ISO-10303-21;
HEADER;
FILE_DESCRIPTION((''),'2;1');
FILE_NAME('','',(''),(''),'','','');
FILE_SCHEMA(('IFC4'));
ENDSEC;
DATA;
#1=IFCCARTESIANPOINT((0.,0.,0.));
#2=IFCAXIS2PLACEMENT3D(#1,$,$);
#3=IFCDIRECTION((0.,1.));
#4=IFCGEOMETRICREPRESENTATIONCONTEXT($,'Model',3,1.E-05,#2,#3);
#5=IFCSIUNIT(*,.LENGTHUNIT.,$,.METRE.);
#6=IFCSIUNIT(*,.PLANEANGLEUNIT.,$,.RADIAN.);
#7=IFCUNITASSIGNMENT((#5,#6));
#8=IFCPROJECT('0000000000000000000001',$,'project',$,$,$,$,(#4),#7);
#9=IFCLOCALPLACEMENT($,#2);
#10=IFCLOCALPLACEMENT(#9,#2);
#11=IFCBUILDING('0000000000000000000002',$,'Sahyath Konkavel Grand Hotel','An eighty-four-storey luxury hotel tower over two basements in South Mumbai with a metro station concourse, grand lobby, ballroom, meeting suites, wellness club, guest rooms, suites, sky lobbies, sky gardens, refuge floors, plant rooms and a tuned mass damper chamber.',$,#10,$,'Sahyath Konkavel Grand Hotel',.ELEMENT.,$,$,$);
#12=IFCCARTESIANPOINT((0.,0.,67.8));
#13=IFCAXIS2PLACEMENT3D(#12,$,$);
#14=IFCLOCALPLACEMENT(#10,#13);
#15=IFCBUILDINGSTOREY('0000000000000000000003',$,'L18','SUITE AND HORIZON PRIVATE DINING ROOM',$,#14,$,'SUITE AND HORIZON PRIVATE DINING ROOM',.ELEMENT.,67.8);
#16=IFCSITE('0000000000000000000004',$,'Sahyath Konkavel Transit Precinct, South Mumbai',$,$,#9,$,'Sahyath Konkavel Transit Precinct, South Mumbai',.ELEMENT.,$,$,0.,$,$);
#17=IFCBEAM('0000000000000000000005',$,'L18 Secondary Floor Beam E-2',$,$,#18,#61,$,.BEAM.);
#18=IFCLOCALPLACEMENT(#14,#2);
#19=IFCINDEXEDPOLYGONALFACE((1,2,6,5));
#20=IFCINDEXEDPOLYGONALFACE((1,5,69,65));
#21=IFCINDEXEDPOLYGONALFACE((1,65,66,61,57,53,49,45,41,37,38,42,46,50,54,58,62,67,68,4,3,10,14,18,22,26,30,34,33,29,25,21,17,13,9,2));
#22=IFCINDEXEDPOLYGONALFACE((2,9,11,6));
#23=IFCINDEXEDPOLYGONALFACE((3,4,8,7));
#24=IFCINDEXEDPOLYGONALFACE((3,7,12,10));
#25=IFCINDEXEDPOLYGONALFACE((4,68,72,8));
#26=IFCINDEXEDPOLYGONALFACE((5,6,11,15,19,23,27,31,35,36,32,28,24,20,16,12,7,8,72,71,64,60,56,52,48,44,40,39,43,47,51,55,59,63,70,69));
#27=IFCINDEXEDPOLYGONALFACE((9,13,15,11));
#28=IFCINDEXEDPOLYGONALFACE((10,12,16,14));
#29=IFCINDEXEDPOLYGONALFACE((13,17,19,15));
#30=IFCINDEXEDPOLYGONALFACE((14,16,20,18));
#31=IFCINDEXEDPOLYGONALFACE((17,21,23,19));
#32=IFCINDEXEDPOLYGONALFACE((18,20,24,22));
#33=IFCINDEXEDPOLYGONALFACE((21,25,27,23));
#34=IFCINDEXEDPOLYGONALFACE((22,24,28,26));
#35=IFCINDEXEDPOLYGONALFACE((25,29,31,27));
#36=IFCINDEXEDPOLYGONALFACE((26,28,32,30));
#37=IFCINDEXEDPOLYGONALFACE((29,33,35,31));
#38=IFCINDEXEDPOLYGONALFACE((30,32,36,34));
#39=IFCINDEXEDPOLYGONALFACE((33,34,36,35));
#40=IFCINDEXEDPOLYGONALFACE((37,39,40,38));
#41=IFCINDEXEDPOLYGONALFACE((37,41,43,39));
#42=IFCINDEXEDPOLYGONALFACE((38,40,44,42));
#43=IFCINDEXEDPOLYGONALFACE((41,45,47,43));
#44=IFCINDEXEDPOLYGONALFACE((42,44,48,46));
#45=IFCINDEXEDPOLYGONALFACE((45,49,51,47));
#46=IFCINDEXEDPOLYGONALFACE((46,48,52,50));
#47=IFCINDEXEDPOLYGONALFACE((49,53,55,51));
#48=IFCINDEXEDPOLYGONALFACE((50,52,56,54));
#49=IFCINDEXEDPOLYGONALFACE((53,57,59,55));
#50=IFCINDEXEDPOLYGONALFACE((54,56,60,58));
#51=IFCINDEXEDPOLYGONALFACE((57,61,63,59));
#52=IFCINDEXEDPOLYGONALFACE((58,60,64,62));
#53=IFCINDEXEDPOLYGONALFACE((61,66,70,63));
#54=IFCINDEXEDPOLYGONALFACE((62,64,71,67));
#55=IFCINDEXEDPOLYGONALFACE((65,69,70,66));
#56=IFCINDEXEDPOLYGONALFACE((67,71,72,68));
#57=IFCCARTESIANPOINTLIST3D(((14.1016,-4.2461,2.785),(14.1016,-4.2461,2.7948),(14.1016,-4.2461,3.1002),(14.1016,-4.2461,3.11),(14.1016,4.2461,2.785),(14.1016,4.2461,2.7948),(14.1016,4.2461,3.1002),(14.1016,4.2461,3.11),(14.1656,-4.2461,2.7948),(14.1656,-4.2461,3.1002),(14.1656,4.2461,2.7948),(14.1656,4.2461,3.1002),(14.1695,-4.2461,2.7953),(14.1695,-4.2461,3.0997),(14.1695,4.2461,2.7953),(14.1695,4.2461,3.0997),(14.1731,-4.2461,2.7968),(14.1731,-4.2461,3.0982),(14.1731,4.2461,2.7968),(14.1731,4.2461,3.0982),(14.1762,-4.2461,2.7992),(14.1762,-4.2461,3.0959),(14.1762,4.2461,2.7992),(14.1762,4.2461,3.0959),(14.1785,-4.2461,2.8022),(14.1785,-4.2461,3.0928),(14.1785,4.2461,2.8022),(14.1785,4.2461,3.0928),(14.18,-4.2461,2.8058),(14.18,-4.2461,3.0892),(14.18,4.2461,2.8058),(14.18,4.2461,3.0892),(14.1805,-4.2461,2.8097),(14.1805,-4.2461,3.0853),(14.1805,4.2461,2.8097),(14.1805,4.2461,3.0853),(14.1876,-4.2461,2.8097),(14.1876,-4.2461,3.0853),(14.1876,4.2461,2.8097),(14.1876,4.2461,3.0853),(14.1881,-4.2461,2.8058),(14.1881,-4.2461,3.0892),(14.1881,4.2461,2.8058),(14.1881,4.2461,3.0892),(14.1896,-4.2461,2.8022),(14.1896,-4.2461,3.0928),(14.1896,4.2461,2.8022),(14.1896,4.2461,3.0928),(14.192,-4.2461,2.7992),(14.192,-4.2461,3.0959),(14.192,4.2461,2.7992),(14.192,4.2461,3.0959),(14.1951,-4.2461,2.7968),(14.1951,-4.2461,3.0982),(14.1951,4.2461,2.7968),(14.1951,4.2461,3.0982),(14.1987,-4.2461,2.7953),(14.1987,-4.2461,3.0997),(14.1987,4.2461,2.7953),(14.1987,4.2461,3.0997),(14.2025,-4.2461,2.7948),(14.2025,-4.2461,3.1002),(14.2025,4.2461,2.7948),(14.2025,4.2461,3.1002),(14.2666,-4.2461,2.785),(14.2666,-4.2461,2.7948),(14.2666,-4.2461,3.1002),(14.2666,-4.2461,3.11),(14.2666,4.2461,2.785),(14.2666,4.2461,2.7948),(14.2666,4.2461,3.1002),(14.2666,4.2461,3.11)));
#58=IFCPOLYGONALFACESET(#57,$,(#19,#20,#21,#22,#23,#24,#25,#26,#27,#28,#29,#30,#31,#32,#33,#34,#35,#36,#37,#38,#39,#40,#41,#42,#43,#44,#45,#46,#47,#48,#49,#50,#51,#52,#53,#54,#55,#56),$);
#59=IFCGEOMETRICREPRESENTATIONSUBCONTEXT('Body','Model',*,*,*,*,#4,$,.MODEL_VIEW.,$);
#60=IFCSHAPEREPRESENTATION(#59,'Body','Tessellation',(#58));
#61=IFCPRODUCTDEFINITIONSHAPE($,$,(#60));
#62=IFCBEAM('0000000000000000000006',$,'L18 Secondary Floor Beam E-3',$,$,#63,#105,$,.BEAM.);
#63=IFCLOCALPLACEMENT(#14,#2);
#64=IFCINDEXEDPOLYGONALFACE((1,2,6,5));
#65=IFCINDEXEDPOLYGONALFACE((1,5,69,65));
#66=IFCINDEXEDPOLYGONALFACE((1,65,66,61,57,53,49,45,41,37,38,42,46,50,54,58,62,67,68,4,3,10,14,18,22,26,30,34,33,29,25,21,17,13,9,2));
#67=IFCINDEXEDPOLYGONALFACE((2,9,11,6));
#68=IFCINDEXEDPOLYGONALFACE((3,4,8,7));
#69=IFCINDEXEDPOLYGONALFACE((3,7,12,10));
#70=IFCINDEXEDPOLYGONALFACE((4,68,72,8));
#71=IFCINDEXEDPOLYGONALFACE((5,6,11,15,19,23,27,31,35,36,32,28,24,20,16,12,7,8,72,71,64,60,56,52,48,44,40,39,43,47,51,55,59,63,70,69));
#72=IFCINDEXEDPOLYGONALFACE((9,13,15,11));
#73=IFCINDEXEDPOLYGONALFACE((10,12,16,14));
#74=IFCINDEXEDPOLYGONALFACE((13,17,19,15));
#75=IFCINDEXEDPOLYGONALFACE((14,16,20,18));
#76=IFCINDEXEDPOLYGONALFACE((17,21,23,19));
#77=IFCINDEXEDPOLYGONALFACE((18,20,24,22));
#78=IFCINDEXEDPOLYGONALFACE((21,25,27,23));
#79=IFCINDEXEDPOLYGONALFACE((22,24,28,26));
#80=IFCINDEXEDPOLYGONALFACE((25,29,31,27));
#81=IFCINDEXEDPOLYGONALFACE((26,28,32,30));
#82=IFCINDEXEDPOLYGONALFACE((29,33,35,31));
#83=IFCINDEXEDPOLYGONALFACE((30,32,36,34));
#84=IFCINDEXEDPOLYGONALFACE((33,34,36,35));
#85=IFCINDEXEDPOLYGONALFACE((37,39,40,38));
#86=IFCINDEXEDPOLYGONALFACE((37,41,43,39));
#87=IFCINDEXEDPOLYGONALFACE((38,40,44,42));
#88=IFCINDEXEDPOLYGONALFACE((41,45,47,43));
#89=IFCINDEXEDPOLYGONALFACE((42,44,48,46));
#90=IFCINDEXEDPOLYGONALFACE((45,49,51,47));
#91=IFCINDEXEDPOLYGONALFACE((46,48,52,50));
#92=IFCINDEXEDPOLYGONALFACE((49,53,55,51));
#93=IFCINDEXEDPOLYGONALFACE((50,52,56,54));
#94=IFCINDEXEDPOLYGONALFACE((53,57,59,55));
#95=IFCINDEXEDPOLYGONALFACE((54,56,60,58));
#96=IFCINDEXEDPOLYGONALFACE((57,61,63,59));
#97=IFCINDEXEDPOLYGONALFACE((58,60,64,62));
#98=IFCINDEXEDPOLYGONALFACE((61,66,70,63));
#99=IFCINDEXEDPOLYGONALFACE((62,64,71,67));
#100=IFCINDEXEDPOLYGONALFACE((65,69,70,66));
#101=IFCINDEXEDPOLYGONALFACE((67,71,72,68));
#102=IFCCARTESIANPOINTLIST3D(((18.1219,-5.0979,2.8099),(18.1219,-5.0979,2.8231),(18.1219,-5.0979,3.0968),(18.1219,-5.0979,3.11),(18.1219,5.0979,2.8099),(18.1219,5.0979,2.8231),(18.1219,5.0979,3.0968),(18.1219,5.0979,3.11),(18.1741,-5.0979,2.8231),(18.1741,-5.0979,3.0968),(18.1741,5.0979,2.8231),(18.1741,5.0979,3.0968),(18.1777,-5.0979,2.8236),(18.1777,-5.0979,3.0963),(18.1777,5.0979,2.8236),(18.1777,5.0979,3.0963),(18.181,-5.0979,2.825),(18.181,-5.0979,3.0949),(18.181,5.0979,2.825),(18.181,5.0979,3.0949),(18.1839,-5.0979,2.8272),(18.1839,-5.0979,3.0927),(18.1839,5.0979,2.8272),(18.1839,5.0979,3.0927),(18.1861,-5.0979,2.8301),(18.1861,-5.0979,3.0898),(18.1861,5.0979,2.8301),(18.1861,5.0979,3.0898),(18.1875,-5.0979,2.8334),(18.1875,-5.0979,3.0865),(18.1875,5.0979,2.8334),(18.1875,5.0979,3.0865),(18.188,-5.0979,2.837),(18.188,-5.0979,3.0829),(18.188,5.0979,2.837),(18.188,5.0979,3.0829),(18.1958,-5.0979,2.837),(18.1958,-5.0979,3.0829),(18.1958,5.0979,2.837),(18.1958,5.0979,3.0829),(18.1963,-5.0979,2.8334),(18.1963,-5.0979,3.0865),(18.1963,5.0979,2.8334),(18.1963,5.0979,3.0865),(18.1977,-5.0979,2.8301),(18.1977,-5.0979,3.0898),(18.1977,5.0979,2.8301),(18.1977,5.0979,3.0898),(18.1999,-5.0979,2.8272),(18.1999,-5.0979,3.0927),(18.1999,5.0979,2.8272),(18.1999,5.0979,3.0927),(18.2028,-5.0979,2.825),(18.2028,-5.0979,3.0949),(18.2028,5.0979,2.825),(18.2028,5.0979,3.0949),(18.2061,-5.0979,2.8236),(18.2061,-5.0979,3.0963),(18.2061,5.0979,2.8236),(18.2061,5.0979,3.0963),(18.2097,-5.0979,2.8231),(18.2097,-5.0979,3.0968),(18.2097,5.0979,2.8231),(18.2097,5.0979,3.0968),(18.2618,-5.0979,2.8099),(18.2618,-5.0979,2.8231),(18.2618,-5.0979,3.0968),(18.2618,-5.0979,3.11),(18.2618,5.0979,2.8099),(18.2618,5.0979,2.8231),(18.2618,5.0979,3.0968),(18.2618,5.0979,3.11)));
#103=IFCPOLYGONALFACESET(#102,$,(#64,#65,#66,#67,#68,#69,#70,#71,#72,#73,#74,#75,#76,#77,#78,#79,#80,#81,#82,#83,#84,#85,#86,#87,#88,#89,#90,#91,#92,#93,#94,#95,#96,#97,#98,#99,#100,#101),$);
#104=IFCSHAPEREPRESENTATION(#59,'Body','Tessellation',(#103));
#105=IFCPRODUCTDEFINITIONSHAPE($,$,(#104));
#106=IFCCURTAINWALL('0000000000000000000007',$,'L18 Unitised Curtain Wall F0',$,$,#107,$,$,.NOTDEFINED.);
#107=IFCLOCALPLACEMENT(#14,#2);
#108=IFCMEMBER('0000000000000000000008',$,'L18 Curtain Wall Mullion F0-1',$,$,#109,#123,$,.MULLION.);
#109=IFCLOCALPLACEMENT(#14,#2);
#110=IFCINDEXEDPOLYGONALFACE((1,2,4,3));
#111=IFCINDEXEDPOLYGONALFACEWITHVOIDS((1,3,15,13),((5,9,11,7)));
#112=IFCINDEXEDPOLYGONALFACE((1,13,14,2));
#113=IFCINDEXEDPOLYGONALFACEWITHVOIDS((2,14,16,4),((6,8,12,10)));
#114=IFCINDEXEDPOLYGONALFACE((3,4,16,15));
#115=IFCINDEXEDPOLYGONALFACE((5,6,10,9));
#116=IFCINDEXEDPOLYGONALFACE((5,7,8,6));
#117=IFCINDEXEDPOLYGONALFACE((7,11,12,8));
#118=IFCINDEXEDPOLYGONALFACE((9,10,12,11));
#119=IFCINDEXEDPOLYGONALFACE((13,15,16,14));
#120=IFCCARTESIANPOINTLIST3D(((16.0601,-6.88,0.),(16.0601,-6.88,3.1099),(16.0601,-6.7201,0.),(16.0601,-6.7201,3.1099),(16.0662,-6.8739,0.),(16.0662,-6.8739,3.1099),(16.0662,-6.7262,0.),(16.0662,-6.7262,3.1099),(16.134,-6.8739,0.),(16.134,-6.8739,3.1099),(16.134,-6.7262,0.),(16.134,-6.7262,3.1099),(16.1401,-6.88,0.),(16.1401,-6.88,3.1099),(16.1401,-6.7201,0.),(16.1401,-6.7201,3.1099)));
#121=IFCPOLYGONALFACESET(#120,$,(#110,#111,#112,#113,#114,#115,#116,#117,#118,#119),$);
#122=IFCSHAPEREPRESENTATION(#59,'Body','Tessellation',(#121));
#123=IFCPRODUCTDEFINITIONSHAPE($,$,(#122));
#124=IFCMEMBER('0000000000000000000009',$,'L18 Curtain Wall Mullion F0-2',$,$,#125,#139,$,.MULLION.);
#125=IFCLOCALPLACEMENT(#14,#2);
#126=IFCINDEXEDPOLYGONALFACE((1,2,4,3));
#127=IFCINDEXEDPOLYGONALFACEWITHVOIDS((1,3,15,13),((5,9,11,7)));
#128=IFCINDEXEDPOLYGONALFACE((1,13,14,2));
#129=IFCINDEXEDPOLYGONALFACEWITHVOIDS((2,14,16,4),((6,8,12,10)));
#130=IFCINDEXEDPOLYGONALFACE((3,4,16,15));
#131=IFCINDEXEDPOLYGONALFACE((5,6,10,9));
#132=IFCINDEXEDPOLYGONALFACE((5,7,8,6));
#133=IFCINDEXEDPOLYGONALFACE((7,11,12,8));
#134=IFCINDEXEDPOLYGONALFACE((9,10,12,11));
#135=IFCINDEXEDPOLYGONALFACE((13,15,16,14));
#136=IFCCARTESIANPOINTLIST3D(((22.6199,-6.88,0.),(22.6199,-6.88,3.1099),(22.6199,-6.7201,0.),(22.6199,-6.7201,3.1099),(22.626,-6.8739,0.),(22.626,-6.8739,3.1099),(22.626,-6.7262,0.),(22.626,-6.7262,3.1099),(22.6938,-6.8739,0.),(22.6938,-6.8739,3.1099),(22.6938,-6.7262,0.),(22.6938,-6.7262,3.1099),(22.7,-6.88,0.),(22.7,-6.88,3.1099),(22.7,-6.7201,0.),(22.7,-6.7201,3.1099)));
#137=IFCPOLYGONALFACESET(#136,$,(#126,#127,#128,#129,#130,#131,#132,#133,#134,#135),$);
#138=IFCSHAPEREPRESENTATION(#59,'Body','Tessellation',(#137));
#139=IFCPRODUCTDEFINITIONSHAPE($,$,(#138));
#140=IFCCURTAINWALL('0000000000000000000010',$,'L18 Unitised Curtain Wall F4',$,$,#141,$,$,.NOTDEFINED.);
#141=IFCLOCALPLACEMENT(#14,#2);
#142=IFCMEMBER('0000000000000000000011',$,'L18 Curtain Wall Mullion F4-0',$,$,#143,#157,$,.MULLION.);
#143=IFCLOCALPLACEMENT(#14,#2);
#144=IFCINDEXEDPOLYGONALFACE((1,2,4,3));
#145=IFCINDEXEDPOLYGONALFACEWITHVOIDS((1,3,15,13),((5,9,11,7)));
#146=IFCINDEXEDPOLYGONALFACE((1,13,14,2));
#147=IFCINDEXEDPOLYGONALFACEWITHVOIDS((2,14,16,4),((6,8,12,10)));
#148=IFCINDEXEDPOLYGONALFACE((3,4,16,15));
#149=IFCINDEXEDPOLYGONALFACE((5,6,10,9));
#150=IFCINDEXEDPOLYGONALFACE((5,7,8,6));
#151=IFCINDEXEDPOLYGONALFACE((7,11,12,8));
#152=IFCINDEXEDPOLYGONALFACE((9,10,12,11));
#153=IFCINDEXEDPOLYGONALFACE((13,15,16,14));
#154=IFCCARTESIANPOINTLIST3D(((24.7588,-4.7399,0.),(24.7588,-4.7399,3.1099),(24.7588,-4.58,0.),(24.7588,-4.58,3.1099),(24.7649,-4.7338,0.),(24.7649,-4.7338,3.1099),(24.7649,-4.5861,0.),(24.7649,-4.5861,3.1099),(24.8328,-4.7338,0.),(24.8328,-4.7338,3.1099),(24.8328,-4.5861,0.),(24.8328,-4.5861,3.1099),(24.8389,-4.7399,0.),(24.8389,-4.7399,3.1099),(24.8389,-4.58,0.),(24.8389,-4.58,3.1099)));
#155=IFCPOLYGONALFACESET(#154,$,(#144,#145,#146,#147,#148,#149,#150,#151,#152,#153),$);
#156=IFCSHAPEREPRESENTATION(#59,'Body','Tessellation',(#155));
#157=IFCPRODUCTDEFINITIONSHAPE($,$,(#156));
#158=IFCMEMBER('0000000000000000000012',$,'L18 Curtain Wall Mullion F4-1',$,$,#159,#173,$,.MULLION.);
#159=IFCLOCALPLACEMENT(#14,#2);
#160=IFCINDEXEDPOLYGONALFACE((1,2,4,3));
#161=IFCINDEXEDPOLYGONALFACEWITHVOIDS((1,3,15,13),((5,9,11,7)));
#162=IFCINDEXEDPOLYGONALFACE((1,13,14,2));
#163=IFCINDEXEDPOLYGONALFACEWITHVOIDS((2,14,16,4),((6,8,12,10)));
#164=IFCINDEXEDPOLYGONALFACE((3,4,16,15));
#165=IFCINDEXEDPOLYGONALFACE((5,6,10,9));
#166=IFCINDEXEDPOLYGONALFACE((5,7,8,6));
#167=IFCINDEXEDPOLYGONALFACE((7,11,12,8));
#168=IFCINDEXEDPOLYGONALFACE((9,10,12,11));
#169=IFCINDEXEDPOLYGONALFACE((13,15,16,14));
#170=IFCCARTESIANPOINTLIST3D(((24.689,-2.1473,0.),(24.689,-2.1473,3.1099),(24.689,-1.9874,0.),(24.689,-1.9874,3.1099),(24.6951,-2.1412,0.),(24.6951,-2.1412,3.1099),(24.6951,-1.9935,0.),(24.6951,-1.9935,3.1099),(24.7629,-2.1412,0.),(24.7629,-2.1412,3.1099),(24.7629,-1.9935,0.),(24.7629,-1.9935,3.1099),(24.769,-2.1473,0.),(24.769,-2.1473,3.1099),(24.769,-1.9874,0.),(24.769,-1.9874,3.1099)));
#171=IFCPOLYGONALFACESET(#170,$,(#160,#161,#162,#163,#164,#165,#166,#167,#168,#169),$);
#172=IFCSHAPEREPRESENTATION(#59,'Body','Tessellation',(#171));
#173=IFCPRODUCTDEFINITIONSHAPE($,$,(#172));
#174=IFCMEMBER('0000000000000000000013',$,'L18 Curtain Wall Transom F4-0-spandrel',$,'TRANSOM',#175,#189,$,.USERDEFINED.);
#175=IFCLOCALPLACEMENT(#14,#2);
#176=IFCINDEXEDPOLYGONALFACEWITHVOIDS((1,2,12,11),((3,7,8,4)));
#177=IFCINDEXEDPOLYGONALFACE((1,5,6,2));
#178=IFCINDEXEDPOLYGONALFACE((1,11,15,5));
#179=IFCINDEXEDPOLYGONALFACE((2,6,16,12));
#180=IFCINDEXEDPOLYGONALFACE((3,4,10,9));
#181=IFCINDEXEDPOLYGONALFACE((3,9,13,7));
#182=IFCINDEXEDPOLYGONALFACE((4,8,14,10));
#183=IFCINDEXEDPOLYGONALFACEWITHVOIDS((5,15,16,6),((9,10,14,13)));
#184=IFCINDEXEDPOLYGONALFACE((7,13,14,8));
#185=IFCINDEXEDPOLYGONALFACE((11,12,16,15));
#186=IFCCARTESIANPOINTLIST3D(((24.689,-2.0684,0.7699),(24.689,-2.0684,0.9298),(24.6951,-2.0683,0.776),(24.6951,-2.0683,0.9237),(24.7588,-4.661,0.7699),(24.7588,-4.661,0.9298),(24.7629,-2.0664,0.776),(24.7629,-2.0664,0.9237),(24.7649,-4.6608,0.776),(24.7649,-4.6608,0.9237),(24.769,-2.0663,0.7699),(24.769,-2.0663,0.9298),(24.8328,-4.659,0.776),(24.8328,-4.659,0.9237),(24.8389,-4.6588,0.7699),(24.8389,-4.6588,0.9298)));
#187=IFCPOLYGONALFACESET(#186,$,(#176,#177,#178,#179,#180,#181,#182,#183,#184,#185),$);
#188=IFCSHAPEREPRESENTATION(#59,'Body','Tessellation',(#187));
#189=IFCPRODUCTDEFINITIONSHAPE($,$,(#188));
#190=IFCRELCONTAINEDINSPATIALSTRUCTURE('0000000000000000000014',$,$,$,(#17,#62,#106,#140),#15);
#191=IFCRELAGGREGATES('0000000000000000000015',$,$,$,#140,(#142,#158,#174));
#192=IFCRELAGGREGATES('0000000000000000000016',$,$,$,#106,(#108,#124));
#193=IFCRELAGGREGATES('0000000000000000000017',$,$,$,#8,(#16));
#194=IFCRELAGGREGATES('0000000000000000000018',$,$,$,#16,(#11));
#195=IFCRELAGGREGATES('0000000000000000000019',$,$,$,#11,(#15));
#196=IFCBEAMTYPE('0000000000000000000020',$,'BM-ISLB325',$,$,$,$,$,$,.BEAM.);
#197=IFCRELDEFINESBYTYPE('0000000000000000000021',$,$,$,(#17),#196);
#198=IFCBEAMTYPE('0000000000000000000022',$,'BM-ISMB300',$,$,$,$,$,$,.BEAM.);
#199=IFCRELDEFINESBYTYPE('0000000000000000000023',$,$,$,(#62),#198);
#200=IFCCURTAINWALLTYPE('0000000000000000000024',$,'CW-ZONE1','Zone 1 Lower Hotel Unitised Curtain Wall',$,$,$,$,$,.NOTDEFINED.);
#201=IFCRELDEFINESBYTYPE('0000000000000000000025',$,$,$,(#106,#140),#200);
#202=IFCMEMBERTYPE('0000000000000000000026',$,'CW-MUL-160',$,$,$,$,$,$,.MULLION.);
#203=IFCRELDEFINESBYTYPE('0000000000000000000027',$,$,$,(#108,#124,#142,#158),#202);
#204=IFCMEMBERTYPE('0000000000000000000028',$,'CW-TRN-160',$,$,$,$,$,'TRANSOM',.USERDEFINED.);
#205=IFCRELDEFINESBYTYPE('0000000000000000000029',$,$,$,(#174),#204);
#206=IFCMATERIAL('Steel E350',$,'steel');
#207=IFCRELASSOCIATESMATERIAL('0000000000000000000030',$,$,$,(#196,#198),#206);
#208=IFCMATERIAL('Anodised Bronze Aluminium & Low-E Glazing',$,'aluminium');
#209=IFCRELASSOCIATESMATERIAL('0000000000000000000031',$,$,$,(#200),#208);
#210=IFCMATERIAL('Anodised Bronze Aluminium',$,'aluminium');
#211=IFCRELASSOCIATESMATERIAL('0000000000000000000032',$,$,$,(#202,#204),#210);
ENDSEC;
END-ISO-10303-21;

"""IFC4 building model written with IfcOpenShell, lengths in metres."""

from ifc_helpers import new_model, si_unit, direction, frame, origin, origin_2d, place, context, subcontext, project, spatial, hollow_rectangle, i_section, extrude, source, transform, mapped, material, material_profile, profile_set, type_object, element, aggregate, save


model = new_model("IFC4")

# Units and contexts
model_context = context("Model", 3, precision=1e-05, world=origin(), true_north=direction((0.0, 1.0)))
body_context = subcontext(model_context, "Body", "Model", "MODEL_VIEW")
ifc_project = project(units=[si_unit("LENGTHUNIT", "METRE"), si_unit("PLANEANGLEUNIT", "RADIAN")], contexts=[model_context])

# Site, building, storey
site_placement = place(None, origin())
site = spatial("IfcSite", under=ifc_project, at=site_placement, Name="Sahyath Konkavel Transit Precinct, South Mumbai", LongName="Sahyath Konkavel Transit Precinct, South Mumbai", CompositionType="ELEMENT", RefElevation=0.0)
building_placement = place(site_placement, origin())
building = spatial("IfcBuilding", under=site, at=building_placement, Name="Sahyath Konkavel Grand Hotel", Description="An eighty-four-storey luxury hotel tower over two basements in South Mumbai with a metro station concourse, grand lobby, ballroom, meeting suites, wellness club, guest rooms, suites, sky lobbies, sky gardens, refuge floors, plant rooms and a tuned mass damper chamber.", LongName="Sahyath Konkavel Grand Hotel", CompositionType="ELEMENT")
storey_placement = place(building_placement, frame((0.0, 0.0, 67.8)))
storey = spatial("IfcBuildingStorey", under=building, at=storey_placement, Name="L18", Description="SUITE AND HORIZON PRIVATE DINING ROOM", LongName="SUITE AND HORIZON PRIVATE DINING ROOM", CompositionType="ELEMENT", Elevation=67.8)

# Beams
ifc_material_1 = material(Name="Steel E350", Category="steel")
ifc_material_profile_1 = material_profile(ifc_material_1, i_section(OverallWidth=0.165, OverallDepth=0.325, WebThickness=0.0071, FlangeThickness=0.0098, FilletRadius=0.0149, at=origin_2d()), Name="ISLB 325")
ifc_profile_set_1 = profile_set([ifc_material_profile_1], Name="Steel E350")
beam_type_1 = type_object("IfcBeamType", Name="BM-ISLB325", PredefinedType="BEAM", material=ifc_profile_set_1)
shared_shape_1 = source(origin(), body_context, "Body", "SweptSolid", [
    extrude(i_section(OverallWidth=0.165, OverallDepth=0.325, WebThickness=0.0071, FlangeThickness=0.0098, FilletRadius=0.0149, at=origin_2d()), origin(), (0.0, 0.0, 1.0), 8.4922),
])
beam_1_placement = place(storey_placement, frame((14.1841, -4.2461, 2.9475), z_axis=(0.0, 1.0, 0.0), x_axis=(-1.0, 0.0, 0.0)))
element("IfcBeam", 1, at=beam_1_placement, inside=storey, type_object=beam_type_1, Name="L18 Secondary Floor Beam E-2", PredefinedType="BEAM", context=body_context, shape_type="MappedRepresentation", body=[
    mapped(shared_shape_1, transform((0.0, 0.0, 0.0), scale=1.0)),
])
ifc_material_profile_2 = material_profile(ifc_material_1, i_section(OverallWidth=0.1399, OverallDepth=0.3, WebThickness=0.0078, FlangeThickness=0.0132, FilletRadius=0.0139, at=origin_2d()), Name="ISMB 300")
ifc_profile_set_2 = profile_set([ifc_material_profile_2], Name="Steel E350")
beam_type_2 = type_object("IfcBeamType", Name="BM-ISMB300", PredefinedType="BEAM", material=ifc_profile_set_2)
shared_shape_2 = source(origin(), body_context, "Body", "SweptSolid", [
    extrude(i_section(OverallWidth=0.1399, OverallDepth=0.3, WebThickness=0.0078, FlangeThickness=0.0132, FilletRadius=0.0139, at=origin_2d()), origin(), (0.0, 0.0, 1.0), 10.1958),
])
beam_2_placement = place(storey_placement, frame((18.1919, -5.0979, 2.96), z_axis=(0.0, 1.0, 0.0), x_axis=(-1.0, 0.0, 0.0)))
element("IfcBeam", 2, at=beam_2_placement, inside=storey, type_object=beam_type_2, Name="L18 Secondary Floor Beam E-3", PredefinedType="BEAM", context=body_context, shape_type="MappedRepresentation", body=[
    mapped(shared_shape_2, transform((0.0, 0.0, 0.0), scale=1.0)),
])

# Curtain walls, members
ifc_material_2 = material(Name="Anodised Bronze Aluminium & Low-E Glazing", Category="aluminium")
curtain_wall_type = type_object("IfcCurtainWallType", Name="CW-ZONE1", Description="Zone 1 Lower Hotel Unitised Curtain Wall", PredefinedType="NOTDEFINED", material=ifc_material_2)
curtain_wall_1_placement = place(storey_placement, origin())
curtain_wall_1 = element("IfcCurtainWall", 3, at=curtain_wall_1_placement, inside=storey, type_object=curtain_wall_type, Name="L18 Unitised Curtain Wall F0", PredefinedType="NOTDEFINED")
ifc_material_3 = material(Name="Anodised Bronze Aluminium", Category="aluminium")
ifc_material_profile_3 = material_profile(ifc_material_3, hollow_rectangle(XDim=0.0801, YDim=0.1599, WallThickness=0.0061, at=origin_2d()), Name="RHS 160x80x6")
ifc_profile_set_3 = profile_set([ifc_material_profile_3], Name="Anodised Bronze Aluminium")
member_type_1 = type_object("IfcMemberType", Name="CW-MUL-160", PredefinedType="MULLION", material=ifc_profile_set_3)
shared_shape_3 = source(origin(), body_context, "Body", "SweptSolid", [
    extrude(hollow_rectangle(XDim=0.0801, YDim=0.1599, WallThickness=0.0061, at=origin_2d()), origin(), (0.0, 0.0, 1.0), 3.1099),
])
member_1_placement = place(storey_placement, frame((16.1001, -6.8, 0.0), z_axis=(0.0, 0.0, 1.0), x_axis=(1.0, 0.0, 0.0)))
member_1 = element("IfcMember", 4, at=member_1_placement, type_object=member_type_1, Name="L18 Curtain Wall Mullion F0-1", PredefinedType="MULLION", context=body_context, shape_type="MappedRepresentation", body=[
    mapped(shared_shape_3, transform((0.0, 0.0, 0.0), scale=1.0)),
])
member_2_placement = place(storey_placement, frame((22.6599, -6.8, 0.0), z_axis=(0.0, 0.0, 1.0), x_axis=(1.0, 0.0, 0.0)))
member_2 = element("IfcMember", 5, at=member_2_placement, type_object=member_type_1, Name="L18 Curtain Wall Mullion F0-2", PredefinedType="MULLION", context=body_context, shape_type="MappedRepresentation", body=[
    mapped(shared_shape_3, transform((0.0, 0.0, 0.0), scale=1.0)),
])
curtain_wall_2_placement = place(storey_placement, origin())
curtain_wall_2 = element("IfcCurtainWall", 6, at=curtain_wall_2_placement, inside=storey, type_object=curtain_wall_type, Name="L18 Unitised Curtain Wall F4", PredefinedType="NOTDEFINED")
member_3_placement = place(storey_placement, frame((24.7988, -4.6599, 0.0), z_axis=(0.0, 0.0, 1.0), x_axis=(1.0, 0.0, 0.0)))
member_3 = element("IfcMember", 7, at=member_3_placement, type_object=member_type_1, Name="L18 Curtain Wall Mullion F4-0", PredefinedType="MULLION", context=body_context, shape_type="MappedRepresentation", body=[
    mapped(shared_shape_3, transform((0.0, 0.0, 0.0), scale=1.0)),
])
member_4_placement = place(storey_placement, frame((24.729, -2.0674, 0.0), z_axis=(0.0, 0.0, 1.0), x_axis=(1.0, 0.0, 0.0)))
member_4 = element("IfcMember", 8, at=member_4_placement, type_object=member_type_1, Name="L18 Curtain Wall Mullion F4-1", PredefinedType="MULLION", context=body_context, shape_type="MappedRepresentation", body=[
    mapped(shared_shape_3, transform((0.0, 0.0, 0.0), scale=1.0)),
])
ifc_material_profile_4 = material_profile(ifc_material_3, hollow_rectangle(XDim=0.0801, YDim=0.1599, WallThickness=0.0061, at=origin_2d()), Name="RHS 160x80x6")
ifc_profile_set_4 = profile_set([ifc_material_profile_4], Name="Anodised Bronze Aluminium")
member_type_2 = type_object("IfcMemberType", Name="CW-TRN-160", ElementType="TRANSOM", PredefinedType="USERDEFINED", material=ifc_profile_set_4)
shared_shape_4 = source(origin(), body_context, "Body", "SweptSolid", [
    extrude(hollow_rectangle(XDim=0.0801, YDim=0.1599, WallThickness=0.0061, at=origin_2d()), origin(), (0.0, 0.0, 1.0), 2.5935),
])
member_5_placement = place(storey_placement, frame((24.7988, -4.6599, 0.8499), z_axis=(-0.026923, 0.999638, 0.0), x_axis=(-0.999638, -0.026923, 0.0)))
member_5 = element("IfcMember", 9, at=member_5_placement, type_object=member_type_2, Name="L18 Curtain Wall Transom F4-0-spandrel", ObjectType="TRANSOM", PredefinedType="USERDEFINED", context=body_context, shape_type="MappedRepresentation", body=[
    mapped(shared_shape_4, transform((0.0, 0.0, 0.0), scale=1.0)),
])

aggregate(curtain_wall_2, [member_3, member_4, member_5])
aggregate(curtain_wall_1, [member_1, member_2])

save(model, "model.ifc")
